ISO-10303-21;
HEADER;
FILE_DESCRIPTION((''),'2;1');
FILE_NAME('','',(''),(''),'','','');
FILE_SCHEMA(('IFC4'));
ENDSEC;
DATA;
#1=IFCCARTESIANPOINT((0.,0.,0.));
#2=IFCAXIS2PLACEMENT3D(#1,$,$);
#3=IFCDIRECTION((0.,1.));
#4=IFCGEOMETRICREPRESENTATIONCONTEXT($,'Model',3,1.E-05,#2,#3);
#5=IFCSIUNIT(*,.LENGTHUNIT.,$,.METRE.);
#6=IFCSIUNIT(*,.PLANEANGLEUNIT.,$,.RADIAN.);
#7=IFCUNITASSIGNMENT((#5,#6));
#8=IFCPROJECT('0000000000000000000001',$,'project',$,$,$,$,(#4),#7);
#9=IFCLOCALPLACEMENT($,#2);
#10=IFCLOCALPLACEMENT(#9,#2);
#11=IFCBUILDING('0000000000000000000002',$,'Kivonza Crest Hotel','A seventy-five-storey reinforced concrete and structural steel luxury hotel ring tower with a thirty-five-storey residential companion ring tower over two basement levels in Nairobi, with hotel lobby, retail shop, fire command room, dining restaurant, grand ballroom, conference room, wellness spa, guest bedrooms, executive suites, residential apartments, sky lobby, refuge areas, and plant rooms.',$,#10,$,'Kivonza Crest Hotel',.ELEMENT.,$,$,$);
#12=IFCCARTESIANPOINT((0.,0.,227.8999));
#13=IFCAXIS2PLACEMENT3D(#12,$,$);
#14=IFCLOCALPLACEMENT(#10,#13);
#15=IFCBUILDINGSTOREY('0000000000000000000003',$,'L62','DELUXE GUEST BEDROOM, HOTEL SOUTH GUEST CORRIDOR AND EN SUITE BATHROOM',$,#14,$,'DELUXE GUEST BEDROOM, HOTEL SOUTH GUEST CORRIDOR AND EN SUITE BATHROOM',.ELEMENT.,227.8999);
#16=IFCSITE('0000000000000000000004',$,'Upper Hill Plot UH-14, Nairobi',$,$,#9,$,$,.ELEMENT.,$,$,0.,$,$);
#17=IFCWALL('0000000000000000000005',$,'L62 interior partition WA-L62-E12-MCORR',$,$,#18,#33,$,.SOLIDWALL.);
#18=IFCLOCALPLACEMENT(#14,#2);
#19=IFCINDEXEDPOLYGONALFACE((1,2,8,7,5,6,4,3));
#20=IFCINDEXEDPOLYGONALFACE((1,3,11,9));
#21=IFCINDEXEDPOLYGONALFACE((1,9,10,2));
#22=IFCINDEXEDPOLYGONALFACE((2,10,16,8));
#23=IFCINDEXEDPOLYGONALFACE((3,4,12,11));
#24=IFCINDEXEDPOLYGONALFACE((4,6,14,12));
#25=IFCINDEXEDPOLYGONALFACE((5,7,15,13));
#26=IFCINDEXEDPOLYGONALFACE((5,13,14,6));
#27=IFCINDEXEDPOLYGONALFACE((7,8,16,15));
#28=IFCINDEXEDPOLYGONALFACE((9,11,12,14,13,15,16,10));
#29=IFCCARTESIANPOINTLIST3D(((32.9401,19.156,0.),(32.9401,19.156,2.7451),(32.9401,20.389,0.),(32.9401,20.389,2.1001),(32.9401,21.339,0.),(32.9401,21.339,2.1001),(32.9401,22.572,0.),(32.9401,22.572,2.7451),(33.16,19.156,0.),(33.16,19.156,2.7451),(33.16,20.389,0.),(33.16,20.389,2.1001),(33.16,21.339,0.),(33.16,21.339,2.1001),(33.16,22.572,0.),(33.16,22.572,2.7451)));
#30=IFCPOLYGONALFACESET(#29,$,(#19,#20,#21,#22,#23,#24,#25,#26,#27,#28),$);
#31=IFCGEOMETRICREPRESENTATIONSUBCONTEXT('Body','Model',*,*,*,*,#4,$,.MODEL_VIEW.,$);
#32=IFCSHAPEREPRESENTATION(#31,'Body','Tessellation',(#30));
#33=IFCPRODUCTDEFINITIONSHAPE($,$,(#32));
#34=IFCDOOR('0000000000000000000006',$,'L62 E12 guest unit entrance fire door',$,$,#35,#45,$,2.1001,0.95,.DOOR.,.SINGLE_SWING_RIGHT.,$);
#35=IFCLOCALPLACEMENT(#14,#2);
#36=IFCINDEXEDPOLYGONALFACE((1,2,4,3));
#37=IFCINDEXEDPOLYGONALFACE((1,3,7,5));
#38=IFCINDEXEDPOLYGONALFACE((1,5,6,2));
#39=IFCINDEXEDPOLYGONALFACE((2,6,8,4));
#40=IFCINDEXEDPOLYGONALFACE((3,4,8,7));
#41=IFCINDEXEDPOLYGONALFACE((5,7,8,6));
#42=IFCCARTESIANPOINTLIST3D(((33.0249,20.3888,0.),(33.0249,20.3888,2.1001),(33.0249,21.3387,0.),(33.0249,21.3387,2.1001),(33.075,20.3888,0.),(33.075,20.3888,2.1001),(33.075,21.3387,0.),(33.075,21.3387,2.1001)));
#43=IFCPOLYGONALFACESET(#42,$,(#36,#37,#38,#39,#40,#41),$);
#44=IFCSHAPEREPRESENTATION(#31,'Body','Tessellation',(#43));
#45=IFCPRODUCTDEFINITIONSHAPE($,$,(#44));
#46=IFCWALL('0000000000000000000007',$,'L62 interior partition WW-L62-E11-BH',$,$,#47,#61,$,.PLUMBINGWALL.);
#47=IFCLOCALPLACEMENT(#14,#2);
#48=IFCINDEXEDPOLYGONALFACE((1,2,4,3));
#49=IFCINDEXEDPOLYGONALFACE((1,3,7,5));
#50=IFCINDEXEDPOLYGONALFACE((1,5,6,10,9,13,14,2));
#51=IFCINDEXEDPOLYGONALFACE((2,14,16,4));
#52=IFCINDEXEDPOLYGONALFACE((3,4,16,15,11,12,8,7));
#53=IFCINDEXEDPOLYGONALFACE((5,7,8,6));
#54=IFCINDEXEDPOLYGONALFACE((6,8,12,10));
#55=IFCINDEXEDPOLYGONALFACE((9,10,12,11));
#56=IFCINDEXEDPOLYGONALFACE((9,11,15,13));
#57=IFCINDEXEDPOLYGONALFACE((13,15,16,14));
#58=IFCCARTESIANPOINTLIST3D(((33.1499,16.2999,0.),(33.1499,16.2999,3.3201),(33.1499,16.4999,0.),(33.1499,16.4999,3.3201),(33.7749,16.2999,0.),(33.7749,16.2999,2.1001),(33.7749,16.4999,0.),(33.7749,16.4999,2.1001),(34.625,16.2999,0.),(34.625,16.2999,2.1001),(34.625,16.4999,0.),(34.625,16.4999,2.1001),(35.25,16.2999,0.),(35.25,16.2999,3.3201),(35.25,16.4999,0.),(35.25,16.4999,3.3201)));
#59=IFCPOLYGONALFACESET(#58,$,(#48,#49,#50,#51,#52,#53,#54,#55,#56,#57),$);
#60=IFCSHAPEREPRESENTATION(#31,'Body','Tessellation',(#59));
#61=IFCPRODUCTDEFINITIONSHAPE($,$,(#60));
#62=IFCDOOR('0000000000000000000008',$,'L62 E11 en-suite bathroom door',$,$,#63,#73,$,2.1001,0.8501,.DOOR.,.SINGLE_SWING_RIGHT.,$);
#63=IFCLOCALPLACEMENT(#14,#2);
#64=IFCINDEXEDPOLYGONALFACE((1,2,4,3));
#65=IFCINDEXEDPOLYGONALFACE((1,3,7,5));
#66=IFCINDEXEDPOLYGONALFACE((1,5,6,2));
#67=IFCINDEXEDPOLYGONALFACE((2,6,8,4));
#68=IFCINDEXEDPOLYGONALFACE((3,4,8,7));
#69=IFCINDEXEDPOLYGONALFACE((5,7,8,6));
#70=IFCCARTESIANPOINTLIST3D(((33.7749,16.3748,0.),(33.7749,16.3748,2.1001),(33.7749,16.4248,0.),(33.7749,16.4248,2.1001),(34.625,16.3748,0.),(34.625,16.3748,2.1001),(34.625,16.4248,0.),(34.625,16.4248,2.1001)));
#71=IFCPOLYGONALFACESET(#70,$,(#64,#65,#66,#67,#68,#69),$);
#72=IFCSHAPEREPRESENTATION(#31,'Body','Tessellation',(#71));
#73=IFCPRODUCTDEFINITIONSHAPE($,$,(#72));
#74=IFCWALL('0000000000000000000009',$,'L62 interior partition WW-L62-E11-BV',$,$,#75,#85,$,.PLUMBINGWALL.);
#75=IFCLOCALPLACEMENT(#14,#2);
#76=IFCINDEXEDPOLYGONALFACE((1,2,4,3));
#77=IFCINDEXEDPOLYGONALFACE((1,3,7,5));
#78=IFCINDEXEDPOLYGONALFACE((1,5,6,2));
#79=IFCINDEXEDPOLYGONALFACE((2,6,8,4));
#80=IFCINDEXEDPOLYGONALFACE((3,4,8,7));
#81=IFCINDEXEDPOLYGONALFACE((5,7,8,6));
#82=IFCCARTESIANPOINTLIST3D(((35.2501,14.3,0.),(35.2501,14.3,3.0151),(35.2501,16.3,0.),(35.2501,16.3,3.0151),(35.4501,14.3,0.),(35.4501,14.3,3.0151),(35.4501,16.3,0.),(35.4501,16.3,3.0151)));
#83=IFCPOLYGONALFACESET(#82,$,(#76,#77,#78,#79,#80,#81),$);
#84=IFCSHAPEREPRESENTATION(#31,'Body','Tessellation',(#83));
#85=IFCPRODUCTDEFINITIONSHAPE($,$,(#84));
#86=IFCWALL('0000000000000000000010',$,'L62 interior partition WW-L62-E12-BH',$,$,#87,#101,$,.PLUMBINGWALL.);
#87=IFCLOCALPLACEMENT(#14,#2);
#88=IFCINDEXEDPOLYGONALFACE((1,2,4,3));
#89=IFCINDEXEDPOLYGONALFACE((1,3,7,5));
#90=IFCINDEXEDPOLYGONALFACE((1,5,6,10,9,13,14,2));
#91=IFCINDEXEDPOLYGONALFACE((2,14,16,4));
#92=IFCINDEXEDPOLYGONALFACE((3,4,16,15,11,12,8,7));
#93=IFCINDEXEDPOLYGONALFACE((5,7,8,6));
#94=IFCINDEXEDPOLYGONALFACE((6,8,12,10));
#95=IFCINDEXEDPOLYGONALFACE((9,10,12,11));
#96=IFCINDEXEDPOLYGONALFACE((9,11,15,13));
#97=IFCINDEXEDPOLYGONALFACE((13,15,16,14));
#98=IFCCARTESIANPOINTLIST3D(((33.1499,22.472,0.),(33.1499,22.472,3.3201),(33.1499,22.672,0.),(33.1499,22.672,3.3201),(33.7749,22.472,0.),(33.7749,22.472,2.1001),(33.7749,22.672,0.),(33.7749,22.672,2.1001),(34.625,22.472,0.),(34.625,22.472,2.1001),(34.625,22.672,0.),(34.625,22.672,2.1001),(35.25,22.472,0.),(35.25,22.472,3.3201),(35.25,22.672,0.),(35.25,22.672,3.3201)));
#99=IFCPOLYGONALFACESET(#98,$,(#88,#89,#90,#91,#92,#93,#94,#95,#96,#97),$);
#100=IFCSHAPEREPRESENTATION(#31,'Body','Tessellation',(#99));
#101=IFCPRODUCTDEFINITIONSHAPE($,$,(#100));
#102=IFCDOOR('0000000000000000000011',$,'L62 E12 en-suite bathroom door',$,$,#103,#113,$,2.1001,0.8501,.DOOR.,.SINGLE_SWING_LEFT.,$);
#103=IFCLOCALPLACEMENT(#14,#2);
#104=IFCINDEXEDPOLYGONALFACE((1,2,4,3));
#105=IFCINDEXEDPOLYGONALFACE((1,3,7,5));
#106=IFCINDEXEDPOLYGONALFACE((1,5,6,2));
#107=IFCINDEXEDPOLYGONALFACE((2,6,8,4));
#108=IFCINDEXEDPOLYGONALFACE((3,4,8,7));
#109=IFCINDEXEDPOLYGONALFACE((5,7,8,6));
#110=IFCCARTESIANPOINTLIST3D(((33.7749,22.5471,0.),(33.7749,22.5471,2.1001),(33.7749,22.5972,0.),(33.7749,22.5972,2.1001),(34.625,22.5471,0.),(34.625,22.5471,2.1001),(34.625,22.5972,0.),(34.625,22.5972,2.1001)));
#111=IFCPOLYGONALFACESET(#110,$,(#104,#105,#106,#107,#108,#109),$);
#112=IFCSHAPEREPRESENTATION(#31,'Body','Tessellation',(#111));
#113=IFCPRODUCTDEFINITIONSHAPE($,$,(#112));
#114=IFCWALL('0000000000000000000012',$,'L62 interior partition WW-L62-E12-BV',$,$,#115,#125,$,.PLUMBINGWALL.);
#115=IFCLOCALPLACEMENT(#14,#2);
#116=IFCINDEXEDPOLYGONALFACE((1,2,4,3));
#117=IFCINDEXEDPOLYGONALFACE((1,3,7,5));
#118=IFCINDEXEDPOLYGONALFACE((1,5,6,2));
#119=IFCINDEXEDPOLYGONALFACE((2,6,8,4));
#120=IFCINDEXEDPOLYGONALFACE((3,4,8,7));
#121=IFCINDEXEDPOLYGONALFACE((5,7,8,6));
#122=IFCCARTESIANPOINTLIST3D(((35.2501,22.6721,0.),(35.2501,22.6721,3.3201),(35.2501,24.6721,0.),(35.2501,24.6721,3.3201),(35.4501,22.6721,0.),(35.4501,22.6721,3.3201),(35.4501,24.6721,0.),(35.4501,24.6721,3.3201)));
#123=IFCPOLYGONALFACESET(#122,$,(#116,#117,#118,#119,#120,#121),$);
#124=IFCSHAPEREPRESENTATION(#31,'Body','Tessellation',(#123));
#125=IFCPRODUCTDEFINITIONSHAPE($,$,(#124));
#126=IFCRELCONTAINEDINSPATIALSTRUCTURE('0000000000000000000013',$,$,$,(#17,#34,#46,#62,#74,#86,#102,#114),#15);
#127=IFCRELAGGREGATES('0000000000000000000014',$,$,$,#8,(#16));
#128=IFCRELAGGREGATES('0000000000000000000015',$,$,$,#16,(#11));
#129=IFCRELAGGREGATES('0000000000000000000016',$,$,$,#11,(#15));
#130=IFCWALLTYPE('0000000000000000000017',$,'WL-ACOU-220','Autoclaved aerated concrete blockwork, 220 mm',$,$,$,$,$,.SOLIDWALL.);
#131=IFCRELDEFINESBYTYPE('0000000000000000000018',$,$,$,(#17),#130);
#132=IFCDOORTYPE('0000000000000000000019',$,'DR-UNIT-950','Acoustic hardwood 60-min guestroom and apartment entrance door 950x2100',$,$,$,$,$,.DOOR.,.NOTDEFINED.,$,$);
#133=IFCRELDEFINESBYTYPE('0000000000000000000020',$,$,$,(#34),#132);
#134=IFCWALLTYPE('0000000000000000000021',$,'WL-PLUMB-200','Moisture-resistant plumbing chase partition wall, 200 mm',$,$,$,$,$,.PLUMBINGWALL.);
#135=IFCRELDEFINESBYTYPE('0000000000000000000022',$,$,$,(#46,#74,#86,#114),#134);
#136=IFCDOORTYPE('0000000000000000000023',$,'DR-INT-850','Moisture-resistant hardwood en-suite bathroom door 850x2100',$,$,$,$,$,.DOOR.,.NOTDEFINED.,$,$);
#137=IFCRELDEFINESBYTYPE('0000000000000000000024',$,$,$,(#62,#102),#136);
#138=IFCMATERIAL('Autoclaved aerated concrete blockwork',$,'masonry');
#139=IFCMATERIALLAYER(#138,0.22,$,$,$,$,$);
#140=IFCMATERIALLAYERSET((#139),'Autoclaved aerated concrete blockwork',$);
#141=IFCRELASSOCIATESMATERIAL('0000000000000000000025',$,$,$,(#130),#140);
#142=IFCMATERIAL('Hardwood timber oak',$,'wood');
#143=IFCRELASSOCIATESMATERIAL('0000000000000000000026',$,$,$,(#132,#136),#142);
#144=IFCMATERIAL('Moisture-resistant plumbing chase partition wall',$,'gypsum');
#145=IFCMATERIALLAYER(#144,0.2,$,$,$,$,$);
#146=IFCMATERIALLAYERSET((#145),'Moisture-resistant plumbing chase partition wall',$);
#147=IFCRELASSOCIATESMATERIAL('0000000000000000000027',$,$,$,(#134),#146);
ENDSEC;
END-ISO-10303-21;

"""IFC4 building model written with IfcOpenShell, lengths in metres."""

from ifc_helpers import new_model, si_unit, direction, frame, frame_2d, origin, place, context, subcontext, project, spatial, rectangle, extrude, material, layer, layer_set, type_object, element, fill, save


model = new_model("IFC4")

# Units and contexts
model_context = context("Model", 3, precision=1e-05, world=origin(), true_north=direction((0.0, 1.0)))
body_context = subcontext(model_context, "Body", "Model", "MODEL_VIEW")
ifc_project = project(units=[si_unit("LENGTHUNIT", "METRE"), si_unit("PLANEANGLEUNIT", "RADIAN")], contexts=[model_context])

# Site, building, storey
site_placement = place(None, origin())
site = spatial("IfcSite", under=ifc_project, at=site_placement, Name="Upper Hill Plot UH-14, Nairobi", CompositionType="ELEMENT", RefElevation=0.0)
building_placement = place(site_placement, origin())
building = spatial("IfcBuilding", under=site, at=building_placement, Name="Kivonza Crest Hotel", Description="A seventy-five-storey reinforced concrete and structural steel luxury hotel ring tower with a thirty-five-storey residential companion ring tower over two basement levels in Nairobi, with hotel lobby, retail shop, fire command room, dining restaurant, grand ballroom, conference room, wellness spa, guest bedrooms, executive suites, residential apartments, sky lobby, refuge areas, and plant rooms.", LongName="Kivonza Crest Hotel", CompositionType="ELEMENT")
storey_placement = place(building_placement, frame((0.0, 0.0, 227.8999)))
storey = spatial("IfcBuildingStorey", under=building, at=storey_placement, Name="L62", Description="DELUXE GUEST BEDROOM, HOTEL SOUTH GUEST CORRIDOR AND EN SUITE BATHROOM", LongName="DELUXE GUEST BEDROOM, HOTEL SOUTH GUEST CORRIDOR AND EN SUITE BATHROOM", CompositionType="ELEMENT", Elevation=227.8999)

# Shared definitions
ifc_material_1 = material(Name="Autoclaved aerated concrete blockwork", Category="masonry")
ifc_layer_1 = layer(ifc_material_1, 0.22)
ifc_layer_set_1 = layer_set([ifc_layer_1], Name="Autoclaved aerated concrete blockwork")
wall_type_1 = type_object("IfcWallType", Name="WL-ACOU-220", Description="Autoclaved aerated concrete blockwork, 220 mm", PredefinedType="SOLIDWALL", material=ifc_layer_set_1)

# Shared definitions
ifc_material_2 = material(Name="Hardwood timber oak", Category="wood")
door_type_1 = type_object("IfcDoorType", Name="DR-UNIT-950", Description="Acoustic hardwood 60-min guestroom and apartment entrance door 950x2100", OperationType="NOTDEFINED", PredefinedType="DOOR", material=ifc_material_2)

# Walls, openings, doors
wall_1_placement = place(storey_placement, frame((33.05, 19.156, 0.0), z_axis=(0.0, 0.0, 1.0), x_axis=(0.0, 1.0, 0.0)))
wall_1 = element("IfcWall", 1, at=wall_1_placement, inside=storey, type_object=wall_type_1, Name="L62 interior partition WA-L62-E12-MCORR", PredefinedType="SOLIDWALL", context=body_context, shape_type="SweptSolid", body=[
    extrude(rectangle(XDim=3.416, YDim=0.22, at=frame_2d((1.708, 0.0))), origin(), (0.0, 0.0, 1.0), 2.7451),
])
opening_1_placement = place(wall_1_placement, frame((1.2329, 0.0, 0.0)))
opening_1 = element("IfcOpeningElement", 2, at=opening_1_placement, cuts=wall_1, PredefinedType="OPENING", context=body_context, shape_type="SweptSolid", body=[
    extrude(rectangle(XDim=0.95, YDim=2.1001, at=frame_2d((0.4751, 1.05))), frame((0.0, 0.1201, 0.0), z_axis=(0.0, -1.0, 0.0), x_axis=(1.0, 0.0, 0.0)), (0.0, 0.0, 1.0), 0.24),
])
door_1_placement = place(opening_1_placement, frame((0.95, 0.0, 0.0), z_axis=(0.0, 0.0, 1.0), x_axis=(-1.0, 0.0, 0.0)))
door_1 = element("IfcDoor", 3, at=door_1_placement, inside=storey, type_object=door_type_1, Name="L62 E12 guest unit entrance fire door", OperationType="SINGLE_SWING_RIGHT", OverallHeight=2.1001, OverallWidth=0.95, PredefinedType="DOOR", context=body_context, shape_type="SweptSolid", body=[
    extrude(rectangle(XDim=0.95, YDim=2.1001, at=frame_2d((0.4751, 1.05))), frame((0.0, 0.0249, 0.0), z_axis=(0.0, -1.0, 0.0), x_axis=(1.0, 0.0, 0.0)), (0.0, 0.0, 1.0), 0.05),
])
fill(opening_1, door_1)
ifc_material_3 = material(Name="Moisture-resistant plumbing chase partition wall", Category="gypsum")
ifc_layer_2 = layer(ifc_material_3, 0.2)
ifc_layer_set_2 = layer_set([ifc_layer_2], Name="Moisture-resistant plumbing chase partition wall")
wall_type_2 = type_object("IfcWallType", Name="WL-PLUMB-200", Description="Moisture-resistant plumbing chase partition wall, 200 mm", PredefinedType="PLUMBINGWALL", material=ifc_layer_set_2)
wall_2_placement = place(storey_placement, frame((33.1499, 16.3999, 0.0), z_axis=(0.0, 0.0, 1.0), x_axis=(1.0, 0.0, 0.0)))
wall_2 = element("IfcWall", 4, at=wall_2_placement, inside=storey, type_object=wall_type_2, Name="L62 interior partition WW-L62-E11-BH", PredefinedType="PLUMBINGWALL", context=body_context, shape_type="SweptSolid", body=[
    extrude(rectangle(XDim=2.1001, YDim=0.2, at=frame_2d((1.05, 0.0))), origin(), (0.0, 0.0, 1.0), 3.3201),
])
opening_2_placement = place(wall_2_placement, frame((0.625, 0.0, 0.0)))
opening_2 = element("IfcOpeningElement", 5, at=opening_2_placement, cuts=wall_2, PredefinedType="OPENING", context=body_context, shape_type="SweptSolid", body=[
    extrude(rectangle(XDim=0.8501, YDim=2.1001, at=frame_2d((0.425, 1.05))), frame((0.0, 0.1099, 0.0), z_axis=(0.0, -1.0, 0.0), x_axis=(1.0, 0.0, 0.0)), (0.0, 0.0, 1.0), 0.22),
])
door_type_2 = type_object("IfcDoorType", Name="DR-INT-850", Description="Moisture-resistant hardwood en-suite bathroom door 850x2100", OperationType="NOTDEFINED", PredefinedType="DOOR", material=ifc_material_2)
door_2_placement = place(opening_2_placement, origin())
door_2 = element("IfcDoor", 6, at=door_2_placement, inside=storey, type_object=door_type_2, Name="L62 E11 en-suite bathroom door", OperationType="SINGLE_SWING_RIGHT", OverallHeight=2.1001, OverallWidth=0.8501, PredefinedType="DOOR", context=body_context, shape_type="SweptSolid", body=[
    extrude(rectangle(XDim=0.8501, YDim=2.1001, at=frame_2d((0.425, 1.05))), frame((0.0, 0.0249, 0.0), z_axis=(0.0, -1.0, 0.0), x_axis=(1.0, 0.0, 0.0)), (0.0, 0.0, 1.0), 0.05),
])
fill(opening_2, door_2)

# Wall
wall_3_placement = place(storey_placement, frame((35.3501, 14.3, 0.0), z_axis=(0.0, 0.0, 1.0), x_axis=(0.0, 1.0, 0.0)))
element("IfcWall", 7, at=wall_3_placement, inside=storey, type_object=wall_type_2, Name="L62 interior partition WW-L62-E11-BV", PredefinedType="PLUMBINGWALL", context=body_context, shape_type="SweptSolid", body=[
    extrude(rectangle(XDim=2.0, YDim=0.2, at=frame_2d((1.0, 0.0))), origin(), (0.0, 0.0, 1.0), 3.0151),
])

# Wall, opening, door
wall_4_placement = place(storey_placement, frame((33.1499, 22.572, 0.0), z_axis=(0.0, 0.0, 1.0), x_axis=(1.0, 0.0, 0.0)))
wall_4 = element("IfcWall", 8, at=wall_4_placement, inside=storey, type_object=wall_type_2, Name="L62 interior partition WW-L62-E12-BH", PredefinedType="PLUMBINGWALL", context=body_context, shape_type="SweptSolid", body=[
    extrude(rectangle(XDim=2.1001, YDim=0.2, at=frame_2d((1.05, 0.0))), origin(), (0.0, 0.0, 1.0), 3.3201),
])
opening_3_placement = place(wall_4_placement, frame((0.625, 0.0, 0.0)))
opening_3 = element("IfcOpeningElement", 9, at=opening_3_placement, cuts=wall_4, PredefinedType="OPENING", context=body_context, shape_type="SweptSolid", body=[
    extrude(rectangle(XDim=0.8501, YDim=2.1001, at=frame_2d((0.425, 1.05))), frame((0.0, 0.1099, 0.0), z_axis=(0.0, -1.0, 0.0), x_axis=(1.0, 0.0, 0.0)), (0.0, 0.0, 1.0), 0.22),
])
door_3_placement = place(opening_3_placement, frame((0.8501, 0.0, 0.0), z_axis=(0.0, 0.0, 1.0), x_axis=(-1.0, 0.0, 0.0)))
door_3 = element("IfcDoor", 10, at=door_3_placement, inside=storey, type_object=door_type_2, Name="L62 E12 en-suite bathroom door", OperationType="SINGLE_SWING_LEFT", OverallHeight=2.1001, OverallWidth=0.8501, PredefinedType="DOOR", context=body_context, shape_type="SweptSolid", body=[
    extrude(rectangle(XDim=0.8501, YDim=2.1001, at=frame_2d((0.425, 1.05))), frame((0.0, 0.0249, 0.0), z_axis=(0.0, -1.0, 0.0), x_axis=(1.0, 0.0, 0.0)), (0.0, 0.0, 1.0), 0.05),
])
fill(opening_3, door_3)

# Wall
wall_5_placement = place(storey_placement, frame((35.3501, 22.6721, 0.0), z_axis=(0.0, 0.0, 1.0), x_axis=(0.0, 1.0, 0.0)))
element("IfcWall", 11, at=wall_5_placement, inside=storey, type_object=wall_type_2, Name="L62 interior partition WW-L62-E12-BV", PredefinedType="PLUMBINGWALL", context=body_context, shape_type="SweptSolid", body=[
    extrude(rectangle(XDim=2.0, YDim=0.2, at=frame_2d((1.0, 0.0))), origin(), (0.0, 0.0, 1.0), 3.3201),
])

save(model, "model.ifc")
